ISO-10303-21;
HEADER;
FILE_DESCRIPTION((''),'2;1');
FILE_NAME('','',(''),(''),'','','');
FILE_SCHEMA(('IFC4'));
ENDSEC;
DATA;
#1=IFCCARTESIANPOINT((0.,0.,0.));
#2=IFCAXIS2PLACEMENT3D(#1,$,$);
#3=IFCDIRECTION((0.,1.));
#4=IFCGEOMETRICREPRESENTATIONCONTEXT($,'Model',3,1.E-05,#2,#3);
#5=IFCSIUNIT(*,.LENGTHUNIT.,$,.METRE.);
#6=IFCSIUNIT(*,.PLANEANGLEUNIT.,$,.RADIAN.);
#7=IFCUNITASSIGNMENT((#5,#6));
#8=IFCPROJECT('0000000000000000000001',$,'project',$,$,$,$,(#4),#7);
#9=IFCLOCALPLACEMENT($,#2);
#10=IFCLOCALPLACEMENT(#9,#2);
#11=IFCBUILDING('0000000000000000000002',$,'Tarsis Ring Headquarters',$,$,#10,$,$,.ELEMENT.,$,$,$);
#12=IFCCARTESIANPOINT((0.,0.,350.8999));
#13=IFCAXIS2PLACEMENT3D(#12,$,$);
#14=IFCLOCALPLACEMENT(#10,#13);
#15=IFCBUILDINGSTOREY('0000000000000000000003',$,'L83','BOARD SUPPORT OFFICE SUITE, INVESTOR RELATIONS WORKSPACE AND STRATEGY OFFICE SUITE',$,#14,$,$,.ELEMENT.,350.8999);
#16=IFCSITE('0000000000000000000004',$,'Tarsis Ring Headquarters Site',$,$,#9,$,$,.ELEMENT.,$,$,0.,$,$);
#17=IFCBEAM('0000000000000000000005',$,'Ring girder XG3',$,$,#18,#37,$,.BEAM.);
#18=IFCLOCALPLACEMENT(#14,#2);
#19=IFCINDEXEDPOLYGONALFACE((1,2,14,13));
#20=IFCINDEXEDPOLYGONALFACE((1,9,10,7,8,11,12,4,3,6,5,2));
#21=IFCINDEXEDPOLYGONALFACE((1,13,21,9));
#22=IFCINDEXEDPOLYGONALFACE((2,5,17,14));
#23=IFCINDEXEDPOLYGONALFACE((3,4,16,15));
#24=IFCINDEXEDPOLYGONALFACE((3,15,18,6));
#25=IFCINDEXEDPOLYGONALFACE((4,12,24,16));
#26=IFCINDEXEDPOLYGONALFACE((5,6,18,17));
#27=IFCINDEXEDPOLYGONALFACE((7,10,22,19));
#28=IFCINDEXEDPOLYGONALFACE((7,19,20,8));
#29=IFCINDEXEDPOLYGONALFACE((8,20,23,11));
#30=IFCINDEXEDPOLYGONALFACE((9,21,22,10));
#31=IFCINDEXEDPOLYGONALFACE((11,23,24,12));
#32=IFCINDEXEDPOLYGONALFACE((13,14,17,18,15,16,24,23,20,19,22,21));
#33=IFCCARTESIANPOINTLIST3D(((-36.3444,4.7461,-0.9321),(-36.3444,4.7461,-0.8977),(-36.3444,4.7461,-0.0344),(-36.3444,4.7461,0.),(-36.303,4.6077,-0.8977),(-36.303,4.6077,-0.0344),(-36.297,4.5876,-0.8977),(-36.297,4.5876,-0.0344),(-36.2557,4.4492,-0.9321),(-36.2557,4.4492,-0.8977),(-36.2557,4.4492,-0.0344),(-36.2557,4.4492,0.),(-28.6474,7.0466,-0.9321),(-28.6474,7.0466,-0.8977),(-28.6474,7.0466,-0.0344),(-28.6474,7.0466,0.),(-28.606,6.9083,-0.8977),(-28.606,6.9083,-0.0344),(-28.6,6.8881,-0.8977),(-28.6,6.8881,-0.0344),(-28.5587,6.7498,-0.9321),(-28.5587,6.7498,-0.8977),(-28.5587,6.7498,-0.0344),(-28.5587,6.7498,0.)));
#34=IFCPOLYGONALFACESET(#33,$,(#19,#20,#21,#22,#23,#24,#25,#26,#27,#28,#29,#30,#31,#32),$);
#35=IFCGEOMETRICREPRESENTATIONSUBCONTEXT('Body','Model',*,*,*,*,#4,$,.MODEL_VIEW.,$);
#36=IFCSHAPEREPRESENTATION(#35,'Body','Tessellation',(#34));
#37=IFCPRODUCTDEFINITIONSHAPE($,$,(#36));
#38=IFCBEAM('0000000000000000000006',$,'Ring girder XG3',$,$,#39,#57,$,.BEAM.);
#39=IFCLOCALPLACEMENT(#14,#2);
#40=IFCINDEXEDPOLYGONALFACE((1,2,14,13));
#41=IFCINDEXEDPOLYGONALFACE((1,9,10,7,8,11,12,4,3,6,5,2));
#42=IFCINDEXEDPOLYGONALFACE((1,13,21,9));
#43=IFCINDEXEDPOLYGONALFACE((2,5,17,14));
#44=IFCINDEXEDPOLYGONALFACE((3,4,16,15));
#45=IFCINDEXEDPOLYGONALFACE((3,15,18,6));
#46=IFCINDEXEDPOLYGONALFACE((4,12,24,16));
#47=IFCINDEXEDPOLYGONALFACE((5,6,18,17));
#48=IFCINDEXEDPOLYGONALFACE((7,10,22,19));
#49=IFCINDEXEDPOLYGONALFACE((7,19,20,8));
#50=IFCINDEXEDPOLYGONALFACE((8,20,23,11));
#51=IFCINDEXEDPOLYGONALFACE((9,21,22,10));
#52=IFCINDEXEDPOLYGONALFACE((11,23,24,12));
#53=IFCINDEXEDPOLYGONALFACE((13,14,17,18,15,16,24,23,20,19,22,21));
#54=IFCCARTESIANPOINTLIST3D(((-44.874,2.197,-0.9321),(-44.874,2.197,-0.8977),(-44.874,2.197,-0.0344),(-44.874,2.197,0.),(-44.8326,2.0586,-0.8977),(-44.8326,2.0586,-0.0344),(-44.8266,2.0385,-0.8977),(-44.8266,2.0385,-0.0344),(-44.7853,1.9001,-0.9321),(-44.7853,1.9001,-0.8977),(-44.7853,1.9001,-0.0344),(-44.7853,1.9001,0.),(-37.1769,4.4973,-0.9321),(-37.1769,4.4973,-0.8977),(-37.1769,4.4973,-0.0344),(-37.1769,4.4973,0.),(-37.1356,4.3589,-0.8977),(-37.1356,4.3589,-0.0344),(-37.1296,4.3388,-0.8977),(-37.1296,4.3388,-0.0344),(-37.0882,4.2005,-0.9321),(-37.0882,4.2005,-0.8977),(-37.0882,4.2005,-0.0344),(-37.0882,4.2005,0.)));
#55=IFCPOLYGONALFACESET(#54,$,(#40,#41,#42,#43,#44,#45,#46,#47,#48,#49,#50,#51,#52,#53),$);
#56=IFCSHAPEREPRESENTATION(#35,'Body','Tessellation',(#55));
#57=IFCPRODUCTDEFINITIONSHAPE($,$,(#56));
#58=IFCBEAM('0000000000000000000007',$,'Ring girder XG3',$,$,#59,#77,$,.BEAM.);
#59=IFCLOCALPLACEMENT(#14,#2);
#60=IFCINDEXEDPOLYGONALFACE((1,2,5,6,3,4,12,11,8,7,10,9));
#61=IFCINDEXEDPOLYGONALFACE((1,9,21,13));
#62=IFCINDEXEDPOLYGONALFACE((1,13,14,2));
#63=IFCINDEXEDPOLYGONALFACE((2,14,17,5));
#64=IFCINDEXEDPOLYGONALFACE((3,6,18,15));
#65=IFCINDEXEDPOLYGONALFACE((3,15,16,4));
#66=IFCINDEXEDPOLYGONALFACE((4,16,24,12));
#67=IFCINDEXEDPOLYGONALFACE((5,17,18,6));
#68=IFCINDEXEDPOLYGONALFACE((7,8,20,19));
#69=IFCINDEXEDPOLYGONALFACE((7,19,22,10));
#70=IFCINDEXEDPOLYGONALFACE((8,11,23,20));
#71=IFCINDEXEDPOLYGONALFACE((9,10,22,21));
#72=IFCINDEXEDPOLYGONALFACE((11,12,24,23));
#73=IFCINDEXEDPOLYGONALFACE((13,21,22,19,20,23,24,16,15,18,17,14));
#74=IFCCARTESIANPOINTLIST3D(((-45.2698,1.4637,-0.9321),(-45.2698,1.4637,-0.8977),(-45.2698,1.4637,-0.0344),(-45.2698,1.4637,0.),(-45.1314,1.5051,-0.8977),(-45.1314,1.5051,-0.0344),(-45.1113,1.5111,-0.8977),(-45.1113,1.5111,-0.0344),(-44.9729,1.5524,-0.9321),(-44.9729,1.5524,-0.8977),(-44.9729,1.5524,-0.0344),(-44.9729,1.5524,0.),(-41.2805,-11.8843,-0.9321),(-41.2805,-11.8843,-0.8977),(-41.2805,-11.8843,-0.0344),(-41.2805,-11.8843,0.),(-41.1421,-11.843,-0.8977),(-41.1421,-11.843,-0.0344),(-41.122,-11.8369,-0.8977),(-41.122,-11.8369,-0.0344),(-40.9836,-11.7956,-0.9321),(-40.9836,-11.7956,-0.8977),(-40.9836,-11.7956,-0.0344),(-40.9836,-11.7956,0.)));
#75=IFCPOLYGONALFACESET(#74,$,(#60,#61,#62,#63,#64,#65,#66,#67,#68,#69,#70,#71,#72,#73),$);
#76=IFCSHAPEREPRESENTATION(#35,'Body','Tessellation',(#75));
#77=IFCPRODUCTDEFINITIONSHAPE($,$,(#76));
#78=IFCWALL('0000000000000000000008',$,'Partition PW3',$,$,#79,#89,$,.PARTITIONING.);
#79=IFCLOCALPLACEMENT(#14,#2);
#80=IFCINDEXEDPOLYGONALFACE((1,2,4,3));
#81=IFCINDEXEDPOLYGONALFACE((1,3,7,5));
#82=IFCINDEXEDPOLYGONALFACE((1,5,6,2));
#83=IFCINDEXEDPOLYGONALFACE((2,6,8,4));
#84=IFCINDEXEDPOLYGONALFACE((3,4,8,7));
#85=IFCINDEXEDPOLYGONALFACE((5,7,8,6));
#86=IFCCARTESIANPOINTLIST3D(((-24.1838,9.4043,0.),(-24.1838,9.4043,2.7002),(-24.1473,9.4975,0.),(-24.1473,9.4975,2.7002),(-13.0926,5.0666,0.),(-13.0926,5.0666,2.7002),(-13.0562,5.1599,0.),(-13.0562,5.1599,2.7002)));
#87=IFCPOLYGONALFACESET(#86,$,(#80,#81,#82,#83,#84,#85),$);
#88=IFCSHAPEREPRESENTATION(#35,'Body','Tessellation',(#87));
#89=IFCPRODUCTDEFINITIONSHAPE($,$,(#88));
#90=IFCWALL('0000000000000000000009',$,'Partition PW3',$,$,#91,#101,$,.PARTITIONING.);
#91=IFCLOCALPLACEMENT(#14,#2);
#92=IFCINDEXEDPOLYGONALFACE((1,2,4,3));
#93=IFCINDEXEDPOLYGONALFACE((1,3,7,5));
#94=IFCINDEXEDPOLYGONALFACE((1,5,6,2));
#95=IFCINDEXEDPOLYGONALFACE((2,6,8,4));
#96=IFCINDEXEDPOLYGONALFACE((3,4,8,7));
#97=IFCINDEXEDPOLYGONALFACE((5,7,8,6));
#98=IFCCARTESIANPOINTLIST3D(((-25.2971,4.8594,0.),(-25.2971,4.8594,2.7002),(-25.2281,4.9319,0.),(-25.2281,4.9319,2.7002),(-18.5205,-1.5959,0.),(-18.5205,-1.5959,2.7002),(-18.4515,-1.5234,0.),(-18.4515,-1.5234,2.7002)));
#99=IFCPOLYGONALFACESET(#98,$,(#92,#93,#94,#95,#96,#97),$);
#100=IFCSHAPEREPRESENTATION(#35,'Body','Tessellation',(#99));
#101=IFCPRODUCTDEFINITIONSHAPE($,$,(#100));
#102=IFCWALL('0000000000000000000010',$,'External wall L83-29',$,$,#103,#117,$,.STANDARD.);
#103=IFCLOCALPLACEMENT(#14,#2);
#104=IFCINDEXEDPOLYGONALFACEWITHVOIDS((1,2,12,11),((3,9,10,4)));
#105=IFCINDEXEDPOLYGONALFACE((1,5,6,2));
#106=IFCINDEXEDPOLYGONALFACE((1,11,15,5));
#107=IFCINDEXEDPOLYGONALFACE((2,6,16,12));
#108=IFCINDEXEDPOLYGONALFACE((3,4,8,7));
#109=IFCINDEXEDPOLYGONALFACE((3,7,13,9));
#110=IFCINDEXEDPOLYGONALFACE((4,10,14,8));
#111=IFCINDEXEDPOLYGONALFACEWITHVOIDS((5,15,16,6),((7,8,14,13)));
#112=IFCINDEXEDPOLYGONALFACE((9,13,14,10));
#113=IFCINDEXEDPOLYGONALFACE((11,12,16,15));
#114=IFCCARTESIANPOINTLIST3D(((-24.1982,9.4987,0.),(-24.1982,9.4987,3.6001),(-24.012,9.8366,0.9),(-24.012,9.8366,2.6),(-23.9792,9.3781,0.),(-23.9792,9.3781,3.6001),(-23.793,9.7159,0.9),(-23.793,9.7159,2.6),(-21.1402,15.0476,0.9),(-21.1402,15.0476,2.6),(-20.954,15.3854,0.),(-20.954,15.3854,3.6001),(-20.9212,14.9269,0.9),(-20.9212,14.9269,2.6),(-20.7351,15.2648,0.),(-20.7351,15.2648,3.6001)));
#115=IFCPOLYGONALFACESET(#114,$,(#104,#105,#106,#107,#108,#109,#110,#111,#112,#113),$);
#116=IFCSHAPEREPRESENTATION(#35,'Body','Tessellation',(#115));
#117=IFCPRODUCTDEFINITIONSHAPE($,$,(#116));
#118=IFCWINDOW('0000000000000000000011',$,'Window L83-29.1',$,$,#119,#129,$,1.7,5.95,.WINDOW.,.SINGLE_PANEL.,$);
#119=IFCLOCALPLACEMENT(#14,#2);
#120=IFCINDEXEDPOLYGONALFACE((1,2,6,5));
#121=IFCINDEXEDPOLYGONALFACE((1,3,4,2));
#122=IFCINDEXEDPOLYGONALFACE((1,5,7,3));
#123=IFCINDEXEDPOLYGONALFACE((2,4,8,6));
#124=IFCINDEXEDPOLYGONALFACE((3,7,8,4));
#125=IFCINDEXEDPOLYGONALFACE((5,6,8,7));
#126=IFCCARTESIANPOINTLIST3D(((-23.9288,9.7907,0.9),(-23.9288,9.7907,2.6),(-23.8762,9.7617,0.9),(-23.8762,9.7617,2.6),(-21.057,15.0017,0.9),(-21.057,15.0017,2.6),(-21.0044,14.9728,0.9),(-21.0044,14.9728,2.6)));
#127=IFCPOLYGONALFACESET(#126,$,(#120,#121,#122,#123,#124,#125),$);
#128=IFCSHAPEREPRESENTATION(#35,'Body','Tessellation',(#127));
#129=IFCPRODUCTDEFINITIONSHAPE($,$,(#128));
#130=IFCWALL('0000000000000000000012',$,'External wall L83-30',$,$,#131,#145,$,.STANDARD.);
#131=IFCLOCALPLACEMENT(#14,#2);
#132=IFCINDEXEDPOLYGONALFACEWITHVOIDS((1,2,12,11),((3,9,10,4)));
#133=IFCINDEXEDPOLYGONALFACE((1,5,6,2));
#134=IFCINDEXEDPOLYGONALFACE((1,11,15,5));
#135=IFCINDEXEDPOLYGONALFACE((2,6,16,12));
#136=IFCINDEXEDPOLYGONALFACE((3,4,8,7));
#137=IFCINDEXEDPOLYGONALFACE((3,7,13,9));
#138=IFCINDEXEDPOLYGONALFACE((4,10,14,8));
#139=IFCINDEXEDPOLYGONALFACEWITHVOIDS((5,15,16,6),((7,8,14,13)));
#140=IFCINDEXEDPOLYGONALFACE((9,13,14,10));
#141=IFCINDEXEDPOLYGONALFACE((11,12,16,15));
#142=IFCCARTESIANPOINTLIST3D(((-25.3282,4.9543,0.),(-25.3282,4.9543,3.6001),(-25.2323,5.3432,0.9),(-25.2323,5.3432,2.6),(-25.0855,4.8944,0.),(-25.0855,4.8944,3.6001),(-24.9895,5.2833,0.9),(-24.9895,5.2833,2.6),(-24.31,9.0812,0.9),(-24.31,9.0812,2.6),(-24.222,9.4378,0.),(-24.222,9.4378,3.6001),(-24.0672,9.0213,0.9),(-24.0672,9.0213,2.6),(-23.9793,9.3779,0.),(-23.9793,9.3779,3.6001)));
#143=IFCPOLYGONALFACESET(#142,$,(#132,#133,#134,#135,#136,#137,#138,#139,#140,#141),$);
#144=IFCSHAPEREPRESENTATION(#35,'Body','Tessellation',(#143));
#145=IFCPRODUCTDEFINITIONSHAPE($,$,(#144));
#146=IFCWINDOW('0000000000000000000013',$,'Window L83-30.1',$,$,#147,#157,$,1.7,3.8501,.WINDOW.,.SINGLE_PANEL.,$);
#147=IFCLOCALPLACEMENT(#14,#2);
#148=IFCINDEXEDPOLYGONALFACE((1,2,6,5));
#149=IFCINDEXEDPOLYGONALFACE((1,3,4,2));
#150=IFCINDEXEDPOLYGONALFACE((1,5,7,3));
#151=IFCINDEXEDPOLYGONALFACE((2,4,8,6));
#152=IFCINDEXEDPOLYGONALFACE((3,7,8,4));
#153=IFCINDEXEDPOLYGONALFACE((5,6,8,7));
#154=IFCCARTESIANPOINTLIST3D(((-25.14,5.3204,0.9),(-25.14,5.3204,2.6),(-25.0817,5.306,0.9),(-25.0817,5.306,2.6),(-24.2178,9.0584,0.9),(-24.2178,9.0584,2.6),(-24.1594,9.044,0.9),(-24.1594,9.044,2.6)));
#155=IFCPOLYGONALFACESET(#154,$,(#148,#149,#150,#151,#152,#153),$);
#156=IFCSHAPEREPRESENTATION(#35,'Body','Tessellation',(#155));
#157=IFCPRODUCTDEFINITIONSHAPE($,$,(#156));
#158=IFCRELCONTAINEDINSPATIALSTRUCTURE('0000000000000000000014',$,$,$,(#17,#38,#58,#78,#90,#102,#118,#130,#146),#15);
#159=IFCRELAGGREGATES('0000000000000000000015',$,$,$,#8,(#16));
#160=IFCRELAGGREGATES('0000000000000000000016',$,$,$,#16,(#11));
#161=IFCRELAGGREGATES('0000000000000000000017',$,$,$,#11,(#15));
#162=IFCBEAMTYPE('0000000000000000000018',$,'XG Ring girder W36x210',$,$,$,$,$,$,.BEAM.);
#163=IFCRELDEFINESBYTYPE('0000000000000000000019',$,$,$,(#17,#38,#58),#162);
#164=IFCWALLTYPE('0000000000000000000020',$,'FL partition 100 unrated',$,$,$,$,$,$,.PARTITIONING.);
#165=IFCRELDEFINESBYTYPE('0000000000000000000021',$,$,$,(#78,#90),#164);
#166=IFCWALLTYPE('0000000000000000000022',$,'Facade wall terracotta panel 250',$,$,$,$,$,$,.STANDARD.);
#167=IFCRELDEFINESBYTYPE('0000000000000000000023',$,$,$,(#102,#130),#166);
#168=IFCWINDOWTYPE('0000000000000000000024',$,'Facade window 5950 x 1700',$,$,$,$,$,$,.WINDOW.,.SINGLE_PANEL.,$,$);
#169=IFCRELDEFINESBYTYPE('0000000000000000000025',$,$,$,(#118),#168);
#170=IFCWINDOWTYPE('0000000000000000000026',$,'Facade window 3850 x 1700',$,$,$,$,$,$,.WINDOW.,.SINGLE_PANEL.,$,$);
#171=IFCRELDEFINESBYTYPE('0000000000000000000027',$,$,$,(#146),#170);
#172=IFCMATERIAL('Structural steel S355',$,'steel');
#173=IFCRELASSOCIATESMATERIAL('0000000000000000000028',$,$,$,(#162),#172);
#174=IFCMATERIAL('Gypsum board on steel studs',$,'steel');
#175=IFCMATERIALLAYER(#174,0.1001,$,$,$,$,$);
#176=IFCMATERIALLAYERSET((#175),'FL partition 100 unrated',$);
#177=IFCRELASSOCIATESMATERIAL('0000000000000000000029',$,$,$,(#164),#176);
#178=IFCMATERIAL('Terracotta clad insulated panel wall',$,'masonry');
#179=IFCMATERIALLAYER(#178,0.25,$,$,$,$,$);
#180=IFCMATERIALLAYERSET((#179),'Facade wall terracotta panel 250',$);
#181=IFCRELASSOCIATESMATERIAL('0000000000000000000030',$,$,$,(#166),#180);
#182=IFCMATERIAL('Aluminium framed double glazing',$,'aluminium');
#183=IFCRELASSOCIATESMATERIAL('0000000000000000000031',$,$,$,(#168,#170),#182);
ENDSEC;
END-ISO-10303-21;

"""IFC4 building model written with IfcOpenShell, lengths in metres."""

from ifc_helpers import new_model, si_unit, direction, frame, frame_2d, origin, origin_2d, place, context, subcontext, project, spatial, rectangle, i_section, extrude, material, layer, layer_set, material_profile, profile_set, type_object, element, fill, save


model = new_model("IFC4")

# Units and contexts
model_context = context("Model", 3, precision=1e-05, world=origin(), true_north=direction((0.0, 1.0)))
body_context = subcontext(model_context, "Body", "Model", "MODEL_VIEW")
ifc_project = project(units=[si_unit("LENGTHUNIT", "METRE"), si_unit("PLANEANGLEUNIT", "RADIAN")], contexts=[model_context])

# Site, building, storey
site_placement = place(None, origin())
site = spatial("IfcSite", under=ifc_project, at=site_placement, Name="Tarsis Ring Headquarters Site", CompositionType="ELEMENT", RefElevation=0.0)
building_placement = place(site_placement, origin())
building = spatial("IfcBuilding", under=site, at=building_placement, Name="Tarsis Ring Headquarters", CompositionType="ELEMENT")
storey_placement = place(building_placement, frame((0.0, 0.0, 350.8999)))
storey = spatial("IfcBuildingStorey", under=building, at=storey_placement, Name="L83", Description="BOARD SUPPORT OFFICE SUITE, INVESTOR RELATIONS WORKSPACE AND STRATEGY OFFICE SUITE", CompositionType="ELEMENT", Elevation=350.8999)

# Shared definitions
ifc_material_1 = material(Name="Structural steel S355", Category="steel")

# Beams
ifc_material_profile_1 = material_profile(ifc_material_1, i_section(OverallWidth=0.3098, OverallDepth=0.9321, WebThickness=0.021, FlangeThickness=0.0344, at=origin_2d()), Name="W36x210")
ifc_profile_set_1 = profile_set([ifc_material_profile_1], Name="Structural steel S355")
beam_type_1 = type_object("IfcBeamType", Name="XG Ring girder W36x210", PredefinedType="BEAM", material=ifc_profile_set_1)
for number, where, z_axis, x_axis, name in (
    (1, (-28.603, 6.8982, -0.4661), (-0.958119, -0.286369, 0.0), (0.286369, -0.958119, 0.0), "Ring girder XG3"),
    (2, (-37.1326, 4.3489, -0.4661), (-0.958128, -0.286341, 0.0), (0.286341, -0.958128, 0.0), "Ring girder XG3"),
):
    element("IfcBeam", number, at=place(storey_placement, frame(where, z_axis=z_axis, x_axis=x_axis)), inside=storey, type_object=beam_type_1, Name=name, PredefinedType="BEAM", context=body_context, shape_type="SweptSolid", body=[
        extrude(i_section(OverallWidth=0.3098, OverallDepth=0.9321, WebThickness=0.021, FlangeThickness=0.0344, at=origin_2d()), origin(), (0.0, 0.0, 1.0), 8.0334),
    ])
beam_1_placement = place(storey_placement, frame((-45.1213, 1.5081, -0.4661), z_axis=(0.286353, -0.958124, 0.0), x_axis=(0.958124, 0.286353, 0.0)))
element("IfcBeam", 3, at=beam_1_placement, inside=storey, type_object=beam_type_1, Name="Ring girder XG3", PredefinedType="BEAM", context=body_context, shape_type="SweptSolid", body=[
    extrude(i_section(OverallWidth=0.3098, OverallDepth=0.9321, WebThickness=0.021, FlangeThickness=0.0344, at=origin_2d()), origin(), (0.0, 0.0, 1.0), 13.9314),
])

# Walls
ifc_material_2 = material(Name="Gypsum board on steel studs", Category="steel")
ifc_layer_1 = layer(ifc_material_2, 0.1001)
ifc_layer_set_1 = layer_set([ifc_layer_1], Name="FL partition 100 unrated")
wall_type_1 = type_object("IfcWallType", Name="FL partition 100 unrated", PredefinedType="PARTITIONING", material=ifc_layer_set_1)
wall_1_placement = place(storey_placement, frame((-24.1655, 9.4509, 0.0), z_axis=(0.0, 0.0, 1.0), x_axis=(0.931309, -0.364229, 0.0)))
element("IfcWall", 4, at=wall_1_placement, inside=storey, type_object=wall_type_1, Name="Partition PW3", PredefinedType="PARTITIONING", context=body_context, shape_type="SweptSolid", body=[
    extrude(rectangle(XDim=11.9092, YDim=0.1001, at=frame_2d((5.9546, 0.0))), origin(), (0.0, 0.0, 1.0), 2.7002),
])
wall_2_placement = place(storey_placement, frame((-25.2627, 4.8958, 0.0), z_axis=(0.0, 0.0, 1.0), x_axis=(0.724063, -0.689734, 0.0)))
element("IfcWall", 5, at=wall_2_placement, inside=storey, type_object=wall_type_1, Name="Partition PW3", PredefinedType="PARTITIONING", context=body_context, shape_type="SweptSolid", body=[
    extrude(rectangle(XDim=9.3591, YDim=0.1001, at=frame_2d((4.6797, 0.0))), origin(), (0.0, 0.0, 1.0), 2.7002),
])

# Walls, openings, windows
ifc_material_3 = material(Name="Terracotta clad insulated panel wall", Category="masonry")
ifc_layer_2 = layer(ifc_material_3, 0.25)
ifc_layer_set_2 = layer_set([ifc_layer_2], Name="Facade wall terracotta panel 250")
wall_type_2 = type_object("IfcWallType", Name="Facade wall terracotta panel 250", PredefinedType="STANDARD", material=ifc_layer_set_2)
wall_3_placement = place(storey_placement, frame((-20.8445, 15.3252, 0.0), z_axis=(0.0, 0.0, 1.0), x_axis=(-0.482655, -0.875811, 0.0)))
wall_3 = element("IfcWall", 6, at=wall_3_placement, inside=storey, type_object=wall_type_2, Name="External wall L83-29", PredefinedType="STANDARD", context=body_context, shape_type="SweptSolid", body=[
    extrude(rectangle(XDim=6.7214, YDim=0.25, at=frame_2d((3.3608, 0.0))), origin(), (0.0, 0.0, 1.0), 3.6001),
])
opening_1_placement = place(wall_3_placement, frame((0.3857, 0.0, 0.8999)))
opening_1 = element("IfcOpeningElement", 7, at=opening_1_placement, cuts=wall_3, PredefinedType="OPENING", context=body_context, shape_type="SweptSolid", body=[
    extrude(rectangle(XDim=5.95, YDim=1.7, at=frame_2d((2.9751, 0.8501))), frame((0.0, 0.135, 0.0), z_axis=(0.0, -1.0, 0.0), x_axis=(1.0, 0.0, 0.0)), (0.0, 0.0, 1.0), 0.27),
])
ifc_material_4 = material(Name="Aluminium framed double glazing", Category="aluminium")
window_type_1 = type_object("IfcWindowType", Name="Facade window 5950 x 1700", PartitioningType="SINGLE_PANEL", PredefinedType="WINDOW", material=ifc_material_4)
window_1_placement = place(opening_1_placement, origin())
window_1 = element("IfcWindow", 8, at=window_1_placement, inside=storey, type_object=window_type_1, Name="Window L83-29.1", OverallHeight=1.7, OverallWidth=5.95, PartitioningType="SINGLE_PANEL", PredefinedType="WINDOW", context=body_context, shape_type="SweptSolid", body=[
    extrude(rectangle(XDim=5.95, YDim=1.7, at=frame_2d((2.9751, 0.8501))), frame((0.0, 0.03, 0.0), z_axis=(0.0, -1.0, 0.0), x_axis=(1.0, 0.0, 0.0)), (0.0, 0.0, 1.0), 0.0601),
])
fill(opening_1, window_1)
wall_4_placement = place(storey_placement, frame((-24.1006, 9.408, 0.0), z_axis=(0.0, 0.0, 1.0), x_axis=(-0.239549, -0.970884, 0.0)))
wall_4 = element("IfcWall", 9, at=wall_4_placement, inside=storey, type_object=wall_type_2, Name="External wall L83-30", PredefinedType="STANDARD", context=body_context, shape_type="SweptSolid", body=[
    extrude(rectangle(XDim=4.6179, YDim=0.25, at=frame_2d((2.3091, 0.0))), origin(), (0.0, 0.0, 1.0), 3.6001),
])
opening_2_placement = place(wall_4_placement, frame((0.3674, 0.0, 0.8999)))
opening_2 = element("IfcOpeningElement", 10, at=opening_2_placement, cuts=wall_4, PredefinedType="OPENING", context=body_context, shape_type="SweptSolid", body=[
    extrude(rectangle(XDim=3.8501, YDim=1.7, at=frame_2d((1.925, 0.8501))), frame((0.0, 0.135, 0.0), z_axis=(0.0, -1.0, 0.0), x_axis=(1.0, 0.0, 0.0)), (0.0, 0.0, 1.0), 0.27),
])
window_type_2 = type_object("IfcWindowType", Name="Facade window 3850 x 1700", PartitioningType="SINGLE_PANEL", PredefinedType="WINDOW", material=ifc_material_4)
window_2_placement = place(opening_2_placement, origin())
window_2 = element("IfcWindow", 11, at=window_2_placement, inside=storey, type_object=window_type_2, Name="Window L83-30.1", OverallHeight=1.7, OverallWidth=3.8501, PartitioningType="SINGLE_PANEL", PredefinedType="WINDOW", context=body_context, shape_type="SweptSolid", body=[
    extrude(rectangle(XDim=3.8501, YDim=1.7, at=frame_2d((1.925, 0.8501))), frame((0.0, 0.03, 0.0), z_axis=(0.0, -1.0, 0.0), x_axis=(1.0, 0.0, 0.0)), (0.0, 0.0, 1.0), 0.0601),
])
fill(opening_2, window_2)

save(model, "model.ifc")
